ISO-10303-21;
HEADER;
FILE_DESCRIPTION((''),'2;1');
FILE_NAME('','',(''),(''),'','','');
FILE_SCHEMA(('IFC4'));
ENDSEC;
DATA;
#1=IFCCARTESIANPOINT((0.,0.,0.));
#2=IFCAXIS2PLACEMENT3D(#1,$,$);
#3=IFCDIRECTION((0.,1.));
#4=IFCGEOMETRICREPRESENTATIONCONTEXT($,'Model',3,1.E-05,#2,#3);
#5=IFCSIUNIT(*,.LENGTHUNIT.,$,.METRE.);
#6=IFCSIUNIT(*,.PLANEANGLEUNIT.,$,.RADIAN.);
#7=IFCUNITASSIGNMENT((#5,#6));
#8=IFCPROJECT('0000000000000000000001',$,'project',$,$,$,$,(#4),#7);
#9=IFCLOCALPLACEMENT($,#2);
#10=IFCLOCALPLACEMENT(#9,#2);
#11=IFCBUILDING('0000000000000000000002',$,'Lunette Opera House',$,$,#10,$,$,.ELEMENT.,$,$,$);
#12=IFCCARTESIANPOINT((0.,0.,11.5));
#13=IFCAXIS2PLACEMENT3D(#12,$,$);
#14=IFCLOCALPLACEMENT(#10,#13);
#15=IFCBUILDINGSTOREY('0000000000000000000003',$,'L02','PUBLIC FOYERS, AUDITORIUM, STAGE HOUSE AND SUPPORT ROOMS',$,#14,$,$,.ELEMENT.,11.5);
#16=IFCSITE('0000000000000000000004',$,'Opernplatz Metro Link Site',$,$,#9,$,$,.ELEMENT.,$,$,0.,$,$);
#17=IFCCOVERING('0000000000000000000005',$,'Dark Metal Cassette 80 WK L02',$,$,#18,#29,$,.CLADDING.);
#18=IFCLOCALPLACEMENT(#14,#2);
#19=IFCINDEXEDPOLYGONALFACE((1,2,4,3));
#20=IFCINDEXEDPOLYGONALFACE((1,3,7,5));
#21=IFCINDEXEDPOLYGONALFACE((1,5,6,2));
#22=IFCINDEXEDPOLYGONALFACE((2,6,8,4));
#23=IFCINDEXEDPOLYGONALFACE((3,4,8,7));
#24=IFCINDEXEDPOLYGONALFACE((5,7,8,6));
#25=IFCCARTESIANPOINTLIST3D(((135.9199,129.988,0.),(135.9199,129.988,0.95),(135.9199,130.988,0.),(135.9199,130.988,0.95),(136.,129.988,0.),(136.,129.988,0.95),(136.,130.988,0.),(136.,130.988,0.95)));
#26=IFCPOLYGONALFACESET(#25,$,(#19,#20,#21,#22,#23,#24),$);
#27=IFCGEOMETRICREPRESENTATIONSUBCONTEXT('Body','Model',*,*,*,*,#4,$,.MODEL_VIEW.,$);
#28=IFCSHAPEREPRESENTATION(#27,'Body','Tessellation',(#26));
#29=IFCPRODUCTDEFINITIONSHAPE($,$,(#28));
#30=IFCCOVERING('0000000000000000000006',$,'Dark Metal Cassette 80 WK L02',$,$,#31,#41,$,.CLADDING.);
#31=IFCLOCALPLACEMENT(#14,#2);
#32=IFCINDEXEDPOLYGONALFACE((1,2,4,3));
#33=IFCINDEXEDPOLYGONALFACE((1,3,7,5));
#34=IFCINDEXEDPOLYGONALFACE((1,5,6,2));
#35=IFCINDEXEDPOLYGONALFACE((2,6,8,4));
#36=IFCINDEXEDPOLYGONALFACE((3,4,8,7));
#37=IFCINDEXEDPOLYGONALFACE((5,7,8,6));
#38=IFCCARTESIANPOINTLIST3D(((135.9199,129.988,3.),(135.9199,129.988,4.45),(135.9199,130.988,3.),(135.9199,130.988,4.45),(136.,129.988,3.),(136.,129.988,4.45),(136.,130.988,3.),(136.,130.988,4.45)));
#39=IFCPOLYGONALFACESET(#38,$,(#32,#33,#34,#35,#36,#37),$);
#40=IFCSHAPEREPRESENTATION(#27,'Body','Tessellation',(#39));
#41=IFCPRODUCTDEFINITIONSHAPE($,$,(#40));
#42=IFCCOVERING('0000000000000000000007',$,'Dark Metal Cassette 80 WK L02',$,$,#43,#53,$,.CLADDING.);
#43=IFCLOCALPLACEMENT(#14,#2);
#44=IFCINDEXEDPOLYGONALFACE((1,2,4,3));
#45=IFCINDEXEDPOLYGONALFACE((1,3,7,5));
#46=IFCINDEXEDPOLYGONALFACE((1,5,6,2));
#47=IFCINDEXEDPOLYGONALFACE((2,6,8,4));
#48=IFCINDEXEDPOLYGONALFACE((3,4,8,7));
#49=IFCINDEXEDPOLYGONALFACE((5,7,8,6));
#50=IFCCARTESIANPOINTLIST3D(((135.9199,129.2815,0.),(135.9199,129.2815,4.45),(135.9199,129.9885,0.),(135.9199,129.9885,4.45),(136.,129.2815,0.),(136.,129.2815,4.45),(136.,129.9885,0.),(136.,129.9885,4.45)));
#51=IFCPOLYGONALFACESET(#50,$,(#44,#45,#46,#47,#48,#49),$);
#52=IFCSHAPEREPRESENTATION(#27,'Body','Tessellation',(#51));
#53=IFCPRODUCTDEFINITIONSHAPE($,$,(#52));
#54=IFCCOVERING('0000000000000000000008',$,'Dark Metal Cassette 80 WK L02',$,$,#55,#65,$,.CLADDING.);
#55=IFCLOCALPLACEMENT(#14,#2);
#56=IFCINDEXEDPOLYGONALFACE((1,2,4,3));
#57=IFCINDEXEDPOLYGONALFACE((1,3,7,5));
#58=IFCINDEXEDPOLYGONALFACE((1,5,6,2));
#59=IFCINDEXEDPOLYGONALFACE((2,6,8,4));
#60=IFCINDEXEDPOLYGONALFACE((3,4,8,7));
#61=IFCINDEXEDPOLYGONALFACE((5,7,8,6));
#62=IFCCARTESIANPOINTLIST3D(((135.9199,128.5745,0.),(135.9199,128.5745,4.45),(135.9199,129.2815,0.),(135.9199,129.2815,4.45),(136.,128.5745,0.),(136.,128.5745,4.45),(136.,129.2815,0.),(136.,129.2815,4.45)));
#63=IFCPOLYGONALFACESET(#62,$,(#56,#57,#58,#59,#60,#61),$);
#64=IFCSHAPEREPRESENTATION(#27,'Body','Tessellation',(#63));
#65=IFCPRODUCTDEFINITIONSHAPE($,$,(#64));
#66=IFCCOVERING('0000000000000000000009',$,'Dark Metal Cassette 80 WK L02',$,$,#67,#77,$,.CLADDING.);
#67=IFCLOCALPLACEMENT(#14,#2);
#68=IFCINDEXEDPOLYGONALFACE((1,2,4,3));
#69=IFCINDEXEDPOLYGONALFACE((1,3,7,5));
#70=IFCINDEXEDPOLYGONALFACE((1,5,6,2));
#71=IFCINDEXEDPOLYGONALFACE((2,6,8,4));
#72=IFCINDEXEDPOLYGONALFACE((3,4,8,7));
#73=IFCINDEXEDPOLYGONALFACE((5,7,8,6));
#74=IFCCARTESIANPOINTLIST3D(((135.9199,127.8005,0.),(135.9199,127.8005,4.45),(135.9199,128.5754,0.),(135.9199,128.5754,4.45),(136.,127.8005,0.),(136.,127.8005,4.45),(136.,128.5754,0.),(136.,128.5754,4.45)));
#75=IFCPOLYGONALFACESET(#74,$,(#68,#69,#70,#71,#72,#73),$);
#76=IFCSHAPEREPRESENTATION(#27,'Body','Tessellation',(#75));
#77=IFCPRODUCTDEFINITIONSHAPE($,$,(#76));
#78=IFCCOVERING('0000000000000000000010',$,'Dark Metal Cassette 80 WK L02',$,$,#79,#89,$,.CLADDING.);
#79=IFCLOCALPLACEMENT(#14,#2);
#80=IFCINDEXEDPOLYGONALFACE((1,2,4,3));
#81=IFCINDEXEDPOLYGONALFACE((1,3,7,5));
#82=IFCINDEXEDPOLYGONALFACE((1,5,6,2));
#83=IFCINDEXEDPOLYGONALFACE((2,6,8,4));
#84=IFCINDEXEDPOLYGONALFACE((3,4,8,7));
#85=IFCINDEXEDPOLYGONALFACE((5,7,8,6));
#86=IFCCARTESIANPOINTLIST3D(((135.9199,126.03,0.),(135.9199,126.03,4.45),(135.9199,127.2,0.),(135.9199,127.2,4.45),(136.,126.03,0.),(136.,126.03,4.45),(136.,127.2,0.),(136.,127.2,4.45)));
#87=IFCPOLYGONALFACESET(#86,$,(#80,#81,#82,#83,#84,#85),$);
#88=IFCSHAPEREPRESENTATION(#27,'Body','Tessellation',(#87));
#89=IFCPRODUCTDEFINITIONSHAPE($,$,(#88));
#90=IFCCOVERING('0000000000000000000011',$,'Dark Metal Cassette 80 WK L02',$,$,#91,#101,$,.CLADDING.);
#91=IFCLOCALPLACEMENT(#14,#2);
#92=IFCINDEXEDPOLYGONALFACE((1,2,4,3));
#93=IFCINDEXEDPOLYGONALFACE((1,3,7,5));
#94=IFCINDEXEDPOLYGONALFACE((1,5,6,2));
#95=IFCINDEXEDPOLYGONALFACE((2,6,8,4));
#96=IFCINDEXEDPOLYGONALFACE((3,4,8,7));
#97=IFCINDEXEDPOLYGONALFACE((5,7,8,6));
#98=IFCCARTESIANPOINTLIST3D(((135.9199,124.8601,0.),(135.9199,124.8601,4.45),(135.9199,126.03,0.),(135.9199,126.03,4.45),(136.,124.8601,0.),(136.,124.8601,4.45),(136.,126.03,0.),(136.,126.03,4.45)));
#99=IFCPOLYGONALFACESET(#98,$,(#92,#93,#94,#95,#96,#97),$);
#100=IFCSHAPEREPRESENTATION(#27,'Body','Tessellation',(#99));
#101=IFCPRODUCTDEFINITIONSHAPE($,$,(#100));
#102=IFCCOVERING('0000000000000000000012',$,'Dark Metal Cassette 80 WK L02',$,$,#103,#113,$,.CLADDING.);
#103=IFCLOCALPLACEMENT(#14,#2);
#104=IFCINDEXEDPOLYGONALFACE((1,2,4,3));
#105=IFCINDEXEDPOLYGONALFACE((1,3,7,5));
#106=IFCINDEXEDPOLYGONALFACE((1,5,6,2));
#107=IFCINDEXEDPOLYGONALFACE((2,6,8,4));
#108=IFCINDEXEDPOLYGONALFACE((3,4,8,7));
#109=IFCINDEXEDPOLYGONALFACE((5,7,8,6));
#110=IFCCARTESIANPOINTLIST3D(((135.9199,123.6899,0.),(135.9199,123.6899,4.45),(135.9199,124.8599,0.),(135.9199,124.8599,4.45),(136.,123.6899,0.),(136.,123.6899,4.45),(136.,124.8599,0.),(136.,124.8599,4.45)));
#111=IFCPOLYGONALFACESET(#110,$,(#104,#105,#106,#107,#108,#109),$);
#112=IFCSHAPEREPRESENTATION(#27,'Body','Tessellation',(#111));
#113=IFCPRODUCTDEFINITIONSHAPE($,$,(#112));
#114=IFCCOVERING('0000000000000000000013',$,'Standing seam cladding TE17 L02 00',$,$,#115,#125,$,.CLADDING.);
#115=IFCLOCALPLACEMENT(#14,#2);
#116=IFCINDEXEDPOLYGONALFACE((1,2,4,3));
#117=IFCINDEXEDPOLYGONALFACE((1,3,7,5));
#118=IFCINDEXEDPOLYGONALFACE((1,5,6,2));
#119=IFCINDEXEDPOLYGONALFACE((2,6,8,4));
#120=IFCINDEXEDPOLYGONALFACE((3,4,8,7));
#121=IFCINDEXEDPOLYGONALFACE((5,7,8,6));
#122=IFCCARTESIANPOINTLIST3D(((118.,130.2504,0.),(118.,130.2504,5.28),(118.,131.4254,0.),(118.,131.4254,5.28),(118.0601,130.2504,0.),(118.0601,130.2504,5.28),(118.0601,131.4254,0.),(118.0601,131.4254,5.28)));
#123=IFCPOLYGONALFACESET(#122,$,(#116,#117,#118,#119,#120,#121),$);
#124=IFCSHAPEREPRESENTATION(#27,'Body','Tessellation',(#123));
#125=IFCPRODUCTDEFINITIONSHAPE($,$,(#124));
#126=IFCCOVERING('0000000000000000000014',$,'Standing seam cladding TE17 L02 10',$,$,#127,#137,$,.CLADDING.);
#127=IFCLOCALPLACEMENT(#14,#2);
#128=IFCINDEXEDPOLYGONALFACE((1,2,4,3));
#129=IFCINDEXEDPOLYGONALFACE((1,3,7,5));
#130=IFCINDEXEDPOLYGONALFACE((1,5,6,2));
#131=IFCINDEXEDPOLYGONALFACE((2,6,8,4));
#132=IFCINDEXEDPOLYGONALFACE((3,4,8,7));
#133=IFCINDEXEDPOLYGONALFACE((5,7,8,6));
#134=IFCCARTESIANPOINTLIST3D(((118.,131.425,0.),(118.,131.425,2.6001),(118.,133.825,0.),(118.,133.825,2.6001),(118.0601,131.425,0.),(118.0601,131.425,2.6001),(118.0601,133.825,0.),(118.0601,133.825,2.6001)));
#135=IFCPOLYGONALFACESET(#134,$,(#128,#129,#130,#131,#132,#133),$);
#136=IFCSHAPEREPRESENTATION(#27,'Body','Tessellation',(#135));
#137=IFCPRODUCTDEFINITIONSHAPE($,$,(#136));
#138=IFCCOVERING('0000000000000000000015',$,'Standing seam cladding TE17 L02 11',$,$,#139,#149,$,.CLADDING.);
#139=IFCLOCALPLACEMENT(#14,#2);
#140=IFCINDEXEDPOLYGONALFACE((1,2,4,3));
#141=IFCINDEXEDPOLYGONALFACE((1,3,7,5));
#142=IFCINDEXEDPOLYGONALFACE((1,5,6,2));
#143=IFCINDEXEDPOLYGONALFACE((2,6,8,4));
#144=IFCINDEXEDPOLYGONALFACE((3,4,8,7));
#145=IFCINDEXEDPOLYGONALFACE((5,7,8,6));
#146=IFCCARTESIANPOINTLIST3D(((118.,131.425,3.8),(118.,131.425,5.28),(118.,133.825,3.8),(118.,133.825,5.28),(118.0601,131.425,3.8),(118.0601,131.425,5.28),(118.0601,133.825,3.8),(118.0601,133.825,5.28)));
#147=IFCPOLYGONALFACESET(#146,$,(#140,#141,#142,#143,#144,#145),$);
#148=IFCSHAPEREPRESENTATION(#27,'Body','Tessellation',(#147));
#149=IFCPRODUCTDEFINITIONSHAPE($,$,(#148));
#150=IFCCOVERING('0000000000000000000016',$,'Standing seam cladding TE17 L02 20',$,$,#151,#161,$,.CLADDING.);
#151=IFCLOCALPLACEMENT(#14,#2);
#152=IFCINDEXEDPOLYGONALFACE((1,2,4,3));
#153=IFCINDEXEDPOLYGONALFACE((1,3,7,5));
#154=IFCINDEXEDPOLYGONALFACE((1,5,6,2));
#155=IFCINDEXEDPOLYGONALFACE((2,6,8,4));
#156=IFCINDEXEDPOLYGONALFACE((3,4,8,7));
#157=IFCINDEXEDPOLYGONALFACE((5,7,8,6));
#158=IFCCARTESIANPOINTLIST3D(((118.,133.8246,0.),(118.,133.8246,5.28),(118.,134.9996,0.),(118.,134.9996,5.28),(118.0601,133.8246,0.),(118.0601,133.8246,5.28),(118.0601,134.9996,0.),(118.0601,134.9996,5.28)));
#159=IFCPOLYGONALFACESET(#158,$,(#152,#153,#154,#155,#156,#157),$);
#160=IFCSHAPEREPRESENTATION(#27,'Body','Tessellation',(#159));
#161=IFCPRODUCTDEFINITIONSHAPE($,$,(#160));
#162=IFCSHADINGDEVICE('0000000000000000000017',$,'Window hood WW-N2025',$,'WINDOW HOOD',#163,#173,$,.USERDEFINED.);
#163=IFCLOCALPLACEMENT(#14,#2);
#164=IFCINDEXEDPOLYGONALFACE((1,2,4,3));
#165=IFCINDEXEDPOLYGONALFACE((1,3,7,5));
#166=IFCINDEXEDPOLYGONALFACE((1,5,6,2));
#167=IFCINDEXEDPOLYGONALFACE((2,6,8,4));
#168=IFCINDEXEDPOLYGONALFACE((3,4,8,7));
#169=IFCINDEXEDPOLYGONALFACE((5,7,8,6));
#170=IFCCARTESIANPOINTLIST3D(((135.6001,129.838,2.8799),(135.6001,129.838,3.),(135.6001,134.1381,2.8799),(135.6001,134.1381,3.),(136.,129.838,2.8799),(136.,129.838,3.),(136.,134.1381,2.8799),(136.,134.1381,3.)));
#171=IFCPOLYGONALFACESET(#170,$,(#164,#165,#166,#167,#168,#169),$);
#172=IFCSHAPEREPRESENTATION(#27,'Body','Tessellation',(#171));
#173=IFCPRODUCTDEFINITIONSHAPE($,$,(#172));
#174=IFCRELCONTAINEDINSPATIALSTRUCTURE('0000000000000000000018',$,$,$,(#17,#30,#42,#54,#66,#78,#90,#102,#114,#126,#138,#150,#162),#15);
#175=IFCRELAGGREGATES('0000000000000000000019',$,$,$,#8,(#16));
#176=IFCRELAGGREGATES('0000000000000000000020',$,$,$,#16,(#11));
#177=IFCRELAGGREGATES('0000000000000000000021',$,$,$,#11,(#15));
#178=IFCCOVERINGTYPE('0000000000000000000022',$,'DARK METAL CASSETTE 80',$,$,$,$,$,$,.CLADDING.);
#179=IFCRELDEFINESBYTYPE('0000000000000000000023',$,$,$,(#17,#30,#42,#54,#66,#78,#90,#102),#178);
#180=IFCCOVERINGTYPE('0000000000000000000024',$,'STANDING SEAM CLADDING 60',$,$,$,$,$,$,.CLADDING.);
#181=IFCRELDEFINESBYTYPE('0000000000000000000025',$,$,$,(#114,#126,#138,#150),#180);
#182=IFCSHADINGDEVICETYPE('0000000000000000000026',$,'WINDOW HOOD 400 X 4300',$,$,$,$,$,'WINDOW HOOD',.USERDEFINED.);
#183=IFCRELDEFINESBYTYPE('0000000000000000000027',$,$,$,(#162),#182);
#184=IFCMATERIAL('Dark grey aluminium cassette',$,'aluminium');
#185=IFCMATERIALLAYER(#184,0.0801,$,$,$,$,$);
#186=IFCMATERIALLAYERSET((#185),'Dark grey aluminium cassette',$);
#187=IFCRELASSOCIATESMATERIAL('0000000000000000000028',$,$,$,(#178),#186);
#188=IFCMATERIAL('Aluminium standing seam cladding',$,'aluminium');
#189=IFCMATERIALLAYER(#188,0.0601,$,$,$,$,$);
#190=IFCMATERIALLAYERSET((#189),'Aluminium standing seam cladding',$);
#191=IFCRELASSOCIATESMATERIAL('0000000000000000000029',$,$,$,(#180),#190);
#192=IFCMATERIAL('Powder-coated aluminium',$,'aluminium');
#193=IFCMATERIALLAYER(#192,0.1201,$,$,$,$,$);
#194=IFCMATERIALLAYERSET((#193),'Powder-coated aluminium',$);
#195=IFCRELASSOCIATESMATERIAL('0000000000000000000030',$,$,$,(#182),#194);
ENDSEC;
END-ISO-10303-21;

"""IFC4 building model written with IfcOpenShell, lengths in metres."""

from ifc_helpers import new_model, si_unit, direction, frame, origin, origin_2d, place, context, subcontext, project, spatial, rectangle, extrude, material, layer, layer_set, type_object, element, save


model = new_model("IFC4")

# Units and contexts
model_context = context("Model", 3, precision=1e-05, world=origin(), true_north=direction((0.0, 1.0)))
body_context = subcontext(model_context, "Body", "Model", "MODEL_VIEW")
ifc_project = project(units=[si_unit("LENGTHUNIT", "METRE"), si_unit("PLANEANGLEUNIT", "RADIAN")], contexts=[model_context])

# Site, building, storey
site_placement = place(None, origin())
site = spatial("IfcSite", under=ifc_project, at=site_placement, Name="Opernplatz Metro Link Site", CompositionType="ELEMENT", RefElevation=0.0)
building_placement = place(site_placement, origin())
building = spatial("IfcBuilding", under=site, at=building_placement, Name="Lunette Opera House", CompositionType="ELEMENT")
storey_placement = place(building_placement, frame((0.0, 0.0, 11.5)))
storey = spatial("IfcBuildingStorey", under=building, at=storey_placement, Name="L02", Description="PUBLIC FOYERS, AUDITORIUM, STAGE HOUSE AND SUPPORT ROOMS", CompositionType="ELEMENT", Elevation=11.5)

# Coverings
ifc_material_1 = material(Name="Dark grey aluminium cassette", Category="aluminium")
ifc_layer_1 = layer(ifc_material_1, 0.0801)
ifc_layer_set_1 = layer_set([ifc_layer_1], Name="Dark grey aluminium cassette")
covering_type_1 = type_object("IfcCoveringType", Name="DARK METAL CASSETTE 80", PredefinedType="CLADDING", material=ifc_layer_set_1)
covering_1_placement = place(storey_placement, frame((135.96, 130.488, 0.0), z_axis=(0.0, 0.0, 1.0), x_axis=(0.0, -1.0, 0.0)))
element("IfcCovering", 1, at=covering_1_placement, inside=storey, type_object=covering_type_1, Name="Dark Metal Cassette 80 WK L02", PredefinedType="CLADDING", context=body_context, shape_type="SweptSolid", body=[
    extrude(rectangle(XDim=1.0, YDim=0.0801, at=origin_2d()), origin(), (0.0, 0.0, 1.0), 0.95),
])
covering_2_placement = place(storey_placement, frame((135.96, 130.488, 3.0), z_axis=(0.0, 0.0, 1.0), x_axis=(0.0, -1.0, 0.0)))
element("IfcCovering", 2, at=covering_2_placement, inside=storey, type_object=covering_type_1, Name="Dark Metal Cassette 80 WK L02", PredefinedType="CLADDING", context=body_context, shape_type="SweptSolid", body=[
    extrude(rectangle(XDim=1.0, YDim=0.0801, at=origin_2d()), origin(), (0.0, 0.0, 1.0), 1.45),
])
for number, where, z_axis, x_axis, name in (
    (3, (135.96, 129.635, 0.0), (0.0, 0.0, 1.0), (0.0, -1.0, 0.0), "Dark Metal Cassette 80 WK L02"),
    (4, (135.96, 128.928, 0.0), (0.0, 0.0, 1.0), (0.0, -1.0, 0.0), "Dark Metal Cassette 80 WK L02"),
):
    element("IfcCovering", number, at=place(storey_placement, frame(where, z_axis=z_axis, x_axis=x_axis)), inside=storey, type_object=covering_type_1, Name=name, PredefinedType="CLADDING", context=body_context, shape_type="SweptSolid", body=[
        extrude(rectangle(XDim=0.707, YDim=0.0801, at=origin_2d()), origin(), (0.0, 0.0, 1.0), 4.45),
    ])
covering_3_placement = place(storey_placement, frame((135.96, 128.188, 0.0), z_axis=(0.0, 0.0, 1.0), x_axis=(0.0, -1.0, 0.0)))
element("IfcCovering", 5, at=covering_3_placement, inside=storey, type_object=covering_type_1, Name="Dark Metal Cassette 80 WK L02", PredefinedType="CLADDING", context=body_context, shape_type="SweptSolid", body=[
    extrude(rectangle(XDim=0.7749, YDim=0.0801, at=origin_2d()), origin(), (0.0, 0.0, 1.0), 4.45),
])
for number, where, z_axis, x_axis, name in (
    (6, (135.96, 126.615, 0.0), (0.0, 0.0, 1.0), (0.0, -1.0, 0.0), "Dark Metal Cassette 80 WK L02"),
    (7, (135.96, 125.4451, 0.0), (0.0, 0.0, 1.0), (0.0, -1.0, 0.0), "Dark Metal Cassette 80 WK L02"),
    (8, (135.96, 124.2749, 0.0), (0.0, 0.0, 1.0), (0.0, -1.0, 0.0), "Dark Metal Cassette 80 WK L02"),
):
    element("IfcCovering", number, at=place(storey_placement, frame(where, z_axis=z_axis, x_axis=x_axis)), inside=storey, type_object=covering_type_1, Name=name, PredefinedType="CLADDING", context=body_context, shape_type="SweptSolid", body=[
        extrude(rectangle(XDim=1.1699, YDim=0.0801, at=origin_2d()), origin(), (0.0, 0.0, 1.0), 4.45),
    ])
ifc_material_2 = material(Name="Aluminium standing seam cladding", Category="aluminium")
ifc_layer_2 = layer(ifc_material_2, 0.0601)
ifc_layer_set_2 = layer_set([ifc_layer_2], Name="Aluminium standing seam cladding")
covering_type_2 = type_object("IfcCoveringType", Name="STANDING SEAM CLADDING 60", PredefinedType="CLADDING", material=ifc_layer_set_2)
covering_4_placement = place(storey_placement, frame((118.03, 130.8379, 0.0), z_axis=(0.0, 0.0, 1.0), x_axis=(0.0, 1.0, 0.0)))
element("IfcCovering", 9, at=covering_4_placement, inside=storey, type_object=covering_type_2, Name="Standing seam cladding TE17 L02 00", PredefinedType="CLADDING", context=body_context, shape_type="SweptSolid", body=[
    extrude(rectangle(XDim=1.175, YDim=0.0601, at=origin_2d()), origin(), (0.0, 0.0, 1.0), 5.28),
])
covering_5_placement = place(storey_placement, frame((118.03, 132.625, 0.0), z_axis=(0.0, 0.0, 1.0), x_axis=(0.0, 1.0, 0.0)))
element("IfcCovering", 10, at=covering_5_placement, inside=storey, type_object=covering_type_2, Name="Standing seam cladding TE17 L02 10", PredefinedType="CLADDING", context=body_context, shape_type="SweptSolid", body=[
    extrude(rectangle(XDim=2.3999, YDim=0.0601, at=origin_2d()), origin(), (0.0, 0.0, 1.0), 2.6001),
])
covering_6_placement = place(storey_placement, frame((118.03, 132.625, 3.8), z_axis=(0.0, 0.0, 1.0), x_axis=(0.0, 1.0, 0.0)))
element("IfcCovering", 11, at=covering_6_placement, inside=storey, type_object=covering_type_2, Name="Standing seam cladding TE17 L02 11", PredefinedType="CLADDING", context=body_context, shape_type="SweptSolid", body=[
    extrude(rectangle(XDim=2.3999, YDim=0.0601, at=origin_2d()), origin(), (0.0, 0.0, 1.0), 1.48),
])
covering_7_placement = place(storey_placement, frame((118.03, 134.4121, 0.0), z_axis=(0.0, 0.0, 1.0), x_axis=(0.0, 1.0, 0.0)))
element("IfcCovering", 12, at=covering_7_placement, inside=storey, type_object=covering_type_2, Name="Standing seam cladding TE17 L02 20", PredefinedType="CLADDING", context=body_context, shape_type="SweptSolid", body=[
    extrude(rectangle(XDim=1.175, YDim=0.0601, at=origin_2d()), origin(), (0.0, 0.0, 1.0), 5.28),
])

# Shading device
ifc_material_3 = material(Name="Powder-coated aluminium", Category="aluminium")
ifc_layer_3 = layer(ifc_material_3, 0.1201)
ifc_layer_set_3 = layer_set([ifc_layer_3], Name="Powder-coated aluminium")
shading_device_type = type_object("IfcShadingDeviceType", Name="WINDOW HOOD 400 X 4300", ElementType="WINDOW HOOD", PredefinedType="USERDEFINED", material=ifc_layer_set_3)
shading_device_placement = place(storey_placement, frame((135.8, 131.988, 2.8799), z_axis=(0.0, 0.0, 1.0), x_axis=(-1.0, 0.0, 0.0)))
element("IfcShadingDevice", 13, at=shading_device_placement, inside=storey, type_object=shading_device_type, Name="Window hood WW-N2025", ObjectType="WINDOW HOOD", PredefinedType="USERDEFINED", context=body_context, shape_type="SweptSolid", body=[
    extrude(rectangle(XDim=0.3999, YDim=4.3, at=origin_2d()), origin(), (0.0, 0.0, 1.0), 0.1201),
])

save(model, "model.ifc")
